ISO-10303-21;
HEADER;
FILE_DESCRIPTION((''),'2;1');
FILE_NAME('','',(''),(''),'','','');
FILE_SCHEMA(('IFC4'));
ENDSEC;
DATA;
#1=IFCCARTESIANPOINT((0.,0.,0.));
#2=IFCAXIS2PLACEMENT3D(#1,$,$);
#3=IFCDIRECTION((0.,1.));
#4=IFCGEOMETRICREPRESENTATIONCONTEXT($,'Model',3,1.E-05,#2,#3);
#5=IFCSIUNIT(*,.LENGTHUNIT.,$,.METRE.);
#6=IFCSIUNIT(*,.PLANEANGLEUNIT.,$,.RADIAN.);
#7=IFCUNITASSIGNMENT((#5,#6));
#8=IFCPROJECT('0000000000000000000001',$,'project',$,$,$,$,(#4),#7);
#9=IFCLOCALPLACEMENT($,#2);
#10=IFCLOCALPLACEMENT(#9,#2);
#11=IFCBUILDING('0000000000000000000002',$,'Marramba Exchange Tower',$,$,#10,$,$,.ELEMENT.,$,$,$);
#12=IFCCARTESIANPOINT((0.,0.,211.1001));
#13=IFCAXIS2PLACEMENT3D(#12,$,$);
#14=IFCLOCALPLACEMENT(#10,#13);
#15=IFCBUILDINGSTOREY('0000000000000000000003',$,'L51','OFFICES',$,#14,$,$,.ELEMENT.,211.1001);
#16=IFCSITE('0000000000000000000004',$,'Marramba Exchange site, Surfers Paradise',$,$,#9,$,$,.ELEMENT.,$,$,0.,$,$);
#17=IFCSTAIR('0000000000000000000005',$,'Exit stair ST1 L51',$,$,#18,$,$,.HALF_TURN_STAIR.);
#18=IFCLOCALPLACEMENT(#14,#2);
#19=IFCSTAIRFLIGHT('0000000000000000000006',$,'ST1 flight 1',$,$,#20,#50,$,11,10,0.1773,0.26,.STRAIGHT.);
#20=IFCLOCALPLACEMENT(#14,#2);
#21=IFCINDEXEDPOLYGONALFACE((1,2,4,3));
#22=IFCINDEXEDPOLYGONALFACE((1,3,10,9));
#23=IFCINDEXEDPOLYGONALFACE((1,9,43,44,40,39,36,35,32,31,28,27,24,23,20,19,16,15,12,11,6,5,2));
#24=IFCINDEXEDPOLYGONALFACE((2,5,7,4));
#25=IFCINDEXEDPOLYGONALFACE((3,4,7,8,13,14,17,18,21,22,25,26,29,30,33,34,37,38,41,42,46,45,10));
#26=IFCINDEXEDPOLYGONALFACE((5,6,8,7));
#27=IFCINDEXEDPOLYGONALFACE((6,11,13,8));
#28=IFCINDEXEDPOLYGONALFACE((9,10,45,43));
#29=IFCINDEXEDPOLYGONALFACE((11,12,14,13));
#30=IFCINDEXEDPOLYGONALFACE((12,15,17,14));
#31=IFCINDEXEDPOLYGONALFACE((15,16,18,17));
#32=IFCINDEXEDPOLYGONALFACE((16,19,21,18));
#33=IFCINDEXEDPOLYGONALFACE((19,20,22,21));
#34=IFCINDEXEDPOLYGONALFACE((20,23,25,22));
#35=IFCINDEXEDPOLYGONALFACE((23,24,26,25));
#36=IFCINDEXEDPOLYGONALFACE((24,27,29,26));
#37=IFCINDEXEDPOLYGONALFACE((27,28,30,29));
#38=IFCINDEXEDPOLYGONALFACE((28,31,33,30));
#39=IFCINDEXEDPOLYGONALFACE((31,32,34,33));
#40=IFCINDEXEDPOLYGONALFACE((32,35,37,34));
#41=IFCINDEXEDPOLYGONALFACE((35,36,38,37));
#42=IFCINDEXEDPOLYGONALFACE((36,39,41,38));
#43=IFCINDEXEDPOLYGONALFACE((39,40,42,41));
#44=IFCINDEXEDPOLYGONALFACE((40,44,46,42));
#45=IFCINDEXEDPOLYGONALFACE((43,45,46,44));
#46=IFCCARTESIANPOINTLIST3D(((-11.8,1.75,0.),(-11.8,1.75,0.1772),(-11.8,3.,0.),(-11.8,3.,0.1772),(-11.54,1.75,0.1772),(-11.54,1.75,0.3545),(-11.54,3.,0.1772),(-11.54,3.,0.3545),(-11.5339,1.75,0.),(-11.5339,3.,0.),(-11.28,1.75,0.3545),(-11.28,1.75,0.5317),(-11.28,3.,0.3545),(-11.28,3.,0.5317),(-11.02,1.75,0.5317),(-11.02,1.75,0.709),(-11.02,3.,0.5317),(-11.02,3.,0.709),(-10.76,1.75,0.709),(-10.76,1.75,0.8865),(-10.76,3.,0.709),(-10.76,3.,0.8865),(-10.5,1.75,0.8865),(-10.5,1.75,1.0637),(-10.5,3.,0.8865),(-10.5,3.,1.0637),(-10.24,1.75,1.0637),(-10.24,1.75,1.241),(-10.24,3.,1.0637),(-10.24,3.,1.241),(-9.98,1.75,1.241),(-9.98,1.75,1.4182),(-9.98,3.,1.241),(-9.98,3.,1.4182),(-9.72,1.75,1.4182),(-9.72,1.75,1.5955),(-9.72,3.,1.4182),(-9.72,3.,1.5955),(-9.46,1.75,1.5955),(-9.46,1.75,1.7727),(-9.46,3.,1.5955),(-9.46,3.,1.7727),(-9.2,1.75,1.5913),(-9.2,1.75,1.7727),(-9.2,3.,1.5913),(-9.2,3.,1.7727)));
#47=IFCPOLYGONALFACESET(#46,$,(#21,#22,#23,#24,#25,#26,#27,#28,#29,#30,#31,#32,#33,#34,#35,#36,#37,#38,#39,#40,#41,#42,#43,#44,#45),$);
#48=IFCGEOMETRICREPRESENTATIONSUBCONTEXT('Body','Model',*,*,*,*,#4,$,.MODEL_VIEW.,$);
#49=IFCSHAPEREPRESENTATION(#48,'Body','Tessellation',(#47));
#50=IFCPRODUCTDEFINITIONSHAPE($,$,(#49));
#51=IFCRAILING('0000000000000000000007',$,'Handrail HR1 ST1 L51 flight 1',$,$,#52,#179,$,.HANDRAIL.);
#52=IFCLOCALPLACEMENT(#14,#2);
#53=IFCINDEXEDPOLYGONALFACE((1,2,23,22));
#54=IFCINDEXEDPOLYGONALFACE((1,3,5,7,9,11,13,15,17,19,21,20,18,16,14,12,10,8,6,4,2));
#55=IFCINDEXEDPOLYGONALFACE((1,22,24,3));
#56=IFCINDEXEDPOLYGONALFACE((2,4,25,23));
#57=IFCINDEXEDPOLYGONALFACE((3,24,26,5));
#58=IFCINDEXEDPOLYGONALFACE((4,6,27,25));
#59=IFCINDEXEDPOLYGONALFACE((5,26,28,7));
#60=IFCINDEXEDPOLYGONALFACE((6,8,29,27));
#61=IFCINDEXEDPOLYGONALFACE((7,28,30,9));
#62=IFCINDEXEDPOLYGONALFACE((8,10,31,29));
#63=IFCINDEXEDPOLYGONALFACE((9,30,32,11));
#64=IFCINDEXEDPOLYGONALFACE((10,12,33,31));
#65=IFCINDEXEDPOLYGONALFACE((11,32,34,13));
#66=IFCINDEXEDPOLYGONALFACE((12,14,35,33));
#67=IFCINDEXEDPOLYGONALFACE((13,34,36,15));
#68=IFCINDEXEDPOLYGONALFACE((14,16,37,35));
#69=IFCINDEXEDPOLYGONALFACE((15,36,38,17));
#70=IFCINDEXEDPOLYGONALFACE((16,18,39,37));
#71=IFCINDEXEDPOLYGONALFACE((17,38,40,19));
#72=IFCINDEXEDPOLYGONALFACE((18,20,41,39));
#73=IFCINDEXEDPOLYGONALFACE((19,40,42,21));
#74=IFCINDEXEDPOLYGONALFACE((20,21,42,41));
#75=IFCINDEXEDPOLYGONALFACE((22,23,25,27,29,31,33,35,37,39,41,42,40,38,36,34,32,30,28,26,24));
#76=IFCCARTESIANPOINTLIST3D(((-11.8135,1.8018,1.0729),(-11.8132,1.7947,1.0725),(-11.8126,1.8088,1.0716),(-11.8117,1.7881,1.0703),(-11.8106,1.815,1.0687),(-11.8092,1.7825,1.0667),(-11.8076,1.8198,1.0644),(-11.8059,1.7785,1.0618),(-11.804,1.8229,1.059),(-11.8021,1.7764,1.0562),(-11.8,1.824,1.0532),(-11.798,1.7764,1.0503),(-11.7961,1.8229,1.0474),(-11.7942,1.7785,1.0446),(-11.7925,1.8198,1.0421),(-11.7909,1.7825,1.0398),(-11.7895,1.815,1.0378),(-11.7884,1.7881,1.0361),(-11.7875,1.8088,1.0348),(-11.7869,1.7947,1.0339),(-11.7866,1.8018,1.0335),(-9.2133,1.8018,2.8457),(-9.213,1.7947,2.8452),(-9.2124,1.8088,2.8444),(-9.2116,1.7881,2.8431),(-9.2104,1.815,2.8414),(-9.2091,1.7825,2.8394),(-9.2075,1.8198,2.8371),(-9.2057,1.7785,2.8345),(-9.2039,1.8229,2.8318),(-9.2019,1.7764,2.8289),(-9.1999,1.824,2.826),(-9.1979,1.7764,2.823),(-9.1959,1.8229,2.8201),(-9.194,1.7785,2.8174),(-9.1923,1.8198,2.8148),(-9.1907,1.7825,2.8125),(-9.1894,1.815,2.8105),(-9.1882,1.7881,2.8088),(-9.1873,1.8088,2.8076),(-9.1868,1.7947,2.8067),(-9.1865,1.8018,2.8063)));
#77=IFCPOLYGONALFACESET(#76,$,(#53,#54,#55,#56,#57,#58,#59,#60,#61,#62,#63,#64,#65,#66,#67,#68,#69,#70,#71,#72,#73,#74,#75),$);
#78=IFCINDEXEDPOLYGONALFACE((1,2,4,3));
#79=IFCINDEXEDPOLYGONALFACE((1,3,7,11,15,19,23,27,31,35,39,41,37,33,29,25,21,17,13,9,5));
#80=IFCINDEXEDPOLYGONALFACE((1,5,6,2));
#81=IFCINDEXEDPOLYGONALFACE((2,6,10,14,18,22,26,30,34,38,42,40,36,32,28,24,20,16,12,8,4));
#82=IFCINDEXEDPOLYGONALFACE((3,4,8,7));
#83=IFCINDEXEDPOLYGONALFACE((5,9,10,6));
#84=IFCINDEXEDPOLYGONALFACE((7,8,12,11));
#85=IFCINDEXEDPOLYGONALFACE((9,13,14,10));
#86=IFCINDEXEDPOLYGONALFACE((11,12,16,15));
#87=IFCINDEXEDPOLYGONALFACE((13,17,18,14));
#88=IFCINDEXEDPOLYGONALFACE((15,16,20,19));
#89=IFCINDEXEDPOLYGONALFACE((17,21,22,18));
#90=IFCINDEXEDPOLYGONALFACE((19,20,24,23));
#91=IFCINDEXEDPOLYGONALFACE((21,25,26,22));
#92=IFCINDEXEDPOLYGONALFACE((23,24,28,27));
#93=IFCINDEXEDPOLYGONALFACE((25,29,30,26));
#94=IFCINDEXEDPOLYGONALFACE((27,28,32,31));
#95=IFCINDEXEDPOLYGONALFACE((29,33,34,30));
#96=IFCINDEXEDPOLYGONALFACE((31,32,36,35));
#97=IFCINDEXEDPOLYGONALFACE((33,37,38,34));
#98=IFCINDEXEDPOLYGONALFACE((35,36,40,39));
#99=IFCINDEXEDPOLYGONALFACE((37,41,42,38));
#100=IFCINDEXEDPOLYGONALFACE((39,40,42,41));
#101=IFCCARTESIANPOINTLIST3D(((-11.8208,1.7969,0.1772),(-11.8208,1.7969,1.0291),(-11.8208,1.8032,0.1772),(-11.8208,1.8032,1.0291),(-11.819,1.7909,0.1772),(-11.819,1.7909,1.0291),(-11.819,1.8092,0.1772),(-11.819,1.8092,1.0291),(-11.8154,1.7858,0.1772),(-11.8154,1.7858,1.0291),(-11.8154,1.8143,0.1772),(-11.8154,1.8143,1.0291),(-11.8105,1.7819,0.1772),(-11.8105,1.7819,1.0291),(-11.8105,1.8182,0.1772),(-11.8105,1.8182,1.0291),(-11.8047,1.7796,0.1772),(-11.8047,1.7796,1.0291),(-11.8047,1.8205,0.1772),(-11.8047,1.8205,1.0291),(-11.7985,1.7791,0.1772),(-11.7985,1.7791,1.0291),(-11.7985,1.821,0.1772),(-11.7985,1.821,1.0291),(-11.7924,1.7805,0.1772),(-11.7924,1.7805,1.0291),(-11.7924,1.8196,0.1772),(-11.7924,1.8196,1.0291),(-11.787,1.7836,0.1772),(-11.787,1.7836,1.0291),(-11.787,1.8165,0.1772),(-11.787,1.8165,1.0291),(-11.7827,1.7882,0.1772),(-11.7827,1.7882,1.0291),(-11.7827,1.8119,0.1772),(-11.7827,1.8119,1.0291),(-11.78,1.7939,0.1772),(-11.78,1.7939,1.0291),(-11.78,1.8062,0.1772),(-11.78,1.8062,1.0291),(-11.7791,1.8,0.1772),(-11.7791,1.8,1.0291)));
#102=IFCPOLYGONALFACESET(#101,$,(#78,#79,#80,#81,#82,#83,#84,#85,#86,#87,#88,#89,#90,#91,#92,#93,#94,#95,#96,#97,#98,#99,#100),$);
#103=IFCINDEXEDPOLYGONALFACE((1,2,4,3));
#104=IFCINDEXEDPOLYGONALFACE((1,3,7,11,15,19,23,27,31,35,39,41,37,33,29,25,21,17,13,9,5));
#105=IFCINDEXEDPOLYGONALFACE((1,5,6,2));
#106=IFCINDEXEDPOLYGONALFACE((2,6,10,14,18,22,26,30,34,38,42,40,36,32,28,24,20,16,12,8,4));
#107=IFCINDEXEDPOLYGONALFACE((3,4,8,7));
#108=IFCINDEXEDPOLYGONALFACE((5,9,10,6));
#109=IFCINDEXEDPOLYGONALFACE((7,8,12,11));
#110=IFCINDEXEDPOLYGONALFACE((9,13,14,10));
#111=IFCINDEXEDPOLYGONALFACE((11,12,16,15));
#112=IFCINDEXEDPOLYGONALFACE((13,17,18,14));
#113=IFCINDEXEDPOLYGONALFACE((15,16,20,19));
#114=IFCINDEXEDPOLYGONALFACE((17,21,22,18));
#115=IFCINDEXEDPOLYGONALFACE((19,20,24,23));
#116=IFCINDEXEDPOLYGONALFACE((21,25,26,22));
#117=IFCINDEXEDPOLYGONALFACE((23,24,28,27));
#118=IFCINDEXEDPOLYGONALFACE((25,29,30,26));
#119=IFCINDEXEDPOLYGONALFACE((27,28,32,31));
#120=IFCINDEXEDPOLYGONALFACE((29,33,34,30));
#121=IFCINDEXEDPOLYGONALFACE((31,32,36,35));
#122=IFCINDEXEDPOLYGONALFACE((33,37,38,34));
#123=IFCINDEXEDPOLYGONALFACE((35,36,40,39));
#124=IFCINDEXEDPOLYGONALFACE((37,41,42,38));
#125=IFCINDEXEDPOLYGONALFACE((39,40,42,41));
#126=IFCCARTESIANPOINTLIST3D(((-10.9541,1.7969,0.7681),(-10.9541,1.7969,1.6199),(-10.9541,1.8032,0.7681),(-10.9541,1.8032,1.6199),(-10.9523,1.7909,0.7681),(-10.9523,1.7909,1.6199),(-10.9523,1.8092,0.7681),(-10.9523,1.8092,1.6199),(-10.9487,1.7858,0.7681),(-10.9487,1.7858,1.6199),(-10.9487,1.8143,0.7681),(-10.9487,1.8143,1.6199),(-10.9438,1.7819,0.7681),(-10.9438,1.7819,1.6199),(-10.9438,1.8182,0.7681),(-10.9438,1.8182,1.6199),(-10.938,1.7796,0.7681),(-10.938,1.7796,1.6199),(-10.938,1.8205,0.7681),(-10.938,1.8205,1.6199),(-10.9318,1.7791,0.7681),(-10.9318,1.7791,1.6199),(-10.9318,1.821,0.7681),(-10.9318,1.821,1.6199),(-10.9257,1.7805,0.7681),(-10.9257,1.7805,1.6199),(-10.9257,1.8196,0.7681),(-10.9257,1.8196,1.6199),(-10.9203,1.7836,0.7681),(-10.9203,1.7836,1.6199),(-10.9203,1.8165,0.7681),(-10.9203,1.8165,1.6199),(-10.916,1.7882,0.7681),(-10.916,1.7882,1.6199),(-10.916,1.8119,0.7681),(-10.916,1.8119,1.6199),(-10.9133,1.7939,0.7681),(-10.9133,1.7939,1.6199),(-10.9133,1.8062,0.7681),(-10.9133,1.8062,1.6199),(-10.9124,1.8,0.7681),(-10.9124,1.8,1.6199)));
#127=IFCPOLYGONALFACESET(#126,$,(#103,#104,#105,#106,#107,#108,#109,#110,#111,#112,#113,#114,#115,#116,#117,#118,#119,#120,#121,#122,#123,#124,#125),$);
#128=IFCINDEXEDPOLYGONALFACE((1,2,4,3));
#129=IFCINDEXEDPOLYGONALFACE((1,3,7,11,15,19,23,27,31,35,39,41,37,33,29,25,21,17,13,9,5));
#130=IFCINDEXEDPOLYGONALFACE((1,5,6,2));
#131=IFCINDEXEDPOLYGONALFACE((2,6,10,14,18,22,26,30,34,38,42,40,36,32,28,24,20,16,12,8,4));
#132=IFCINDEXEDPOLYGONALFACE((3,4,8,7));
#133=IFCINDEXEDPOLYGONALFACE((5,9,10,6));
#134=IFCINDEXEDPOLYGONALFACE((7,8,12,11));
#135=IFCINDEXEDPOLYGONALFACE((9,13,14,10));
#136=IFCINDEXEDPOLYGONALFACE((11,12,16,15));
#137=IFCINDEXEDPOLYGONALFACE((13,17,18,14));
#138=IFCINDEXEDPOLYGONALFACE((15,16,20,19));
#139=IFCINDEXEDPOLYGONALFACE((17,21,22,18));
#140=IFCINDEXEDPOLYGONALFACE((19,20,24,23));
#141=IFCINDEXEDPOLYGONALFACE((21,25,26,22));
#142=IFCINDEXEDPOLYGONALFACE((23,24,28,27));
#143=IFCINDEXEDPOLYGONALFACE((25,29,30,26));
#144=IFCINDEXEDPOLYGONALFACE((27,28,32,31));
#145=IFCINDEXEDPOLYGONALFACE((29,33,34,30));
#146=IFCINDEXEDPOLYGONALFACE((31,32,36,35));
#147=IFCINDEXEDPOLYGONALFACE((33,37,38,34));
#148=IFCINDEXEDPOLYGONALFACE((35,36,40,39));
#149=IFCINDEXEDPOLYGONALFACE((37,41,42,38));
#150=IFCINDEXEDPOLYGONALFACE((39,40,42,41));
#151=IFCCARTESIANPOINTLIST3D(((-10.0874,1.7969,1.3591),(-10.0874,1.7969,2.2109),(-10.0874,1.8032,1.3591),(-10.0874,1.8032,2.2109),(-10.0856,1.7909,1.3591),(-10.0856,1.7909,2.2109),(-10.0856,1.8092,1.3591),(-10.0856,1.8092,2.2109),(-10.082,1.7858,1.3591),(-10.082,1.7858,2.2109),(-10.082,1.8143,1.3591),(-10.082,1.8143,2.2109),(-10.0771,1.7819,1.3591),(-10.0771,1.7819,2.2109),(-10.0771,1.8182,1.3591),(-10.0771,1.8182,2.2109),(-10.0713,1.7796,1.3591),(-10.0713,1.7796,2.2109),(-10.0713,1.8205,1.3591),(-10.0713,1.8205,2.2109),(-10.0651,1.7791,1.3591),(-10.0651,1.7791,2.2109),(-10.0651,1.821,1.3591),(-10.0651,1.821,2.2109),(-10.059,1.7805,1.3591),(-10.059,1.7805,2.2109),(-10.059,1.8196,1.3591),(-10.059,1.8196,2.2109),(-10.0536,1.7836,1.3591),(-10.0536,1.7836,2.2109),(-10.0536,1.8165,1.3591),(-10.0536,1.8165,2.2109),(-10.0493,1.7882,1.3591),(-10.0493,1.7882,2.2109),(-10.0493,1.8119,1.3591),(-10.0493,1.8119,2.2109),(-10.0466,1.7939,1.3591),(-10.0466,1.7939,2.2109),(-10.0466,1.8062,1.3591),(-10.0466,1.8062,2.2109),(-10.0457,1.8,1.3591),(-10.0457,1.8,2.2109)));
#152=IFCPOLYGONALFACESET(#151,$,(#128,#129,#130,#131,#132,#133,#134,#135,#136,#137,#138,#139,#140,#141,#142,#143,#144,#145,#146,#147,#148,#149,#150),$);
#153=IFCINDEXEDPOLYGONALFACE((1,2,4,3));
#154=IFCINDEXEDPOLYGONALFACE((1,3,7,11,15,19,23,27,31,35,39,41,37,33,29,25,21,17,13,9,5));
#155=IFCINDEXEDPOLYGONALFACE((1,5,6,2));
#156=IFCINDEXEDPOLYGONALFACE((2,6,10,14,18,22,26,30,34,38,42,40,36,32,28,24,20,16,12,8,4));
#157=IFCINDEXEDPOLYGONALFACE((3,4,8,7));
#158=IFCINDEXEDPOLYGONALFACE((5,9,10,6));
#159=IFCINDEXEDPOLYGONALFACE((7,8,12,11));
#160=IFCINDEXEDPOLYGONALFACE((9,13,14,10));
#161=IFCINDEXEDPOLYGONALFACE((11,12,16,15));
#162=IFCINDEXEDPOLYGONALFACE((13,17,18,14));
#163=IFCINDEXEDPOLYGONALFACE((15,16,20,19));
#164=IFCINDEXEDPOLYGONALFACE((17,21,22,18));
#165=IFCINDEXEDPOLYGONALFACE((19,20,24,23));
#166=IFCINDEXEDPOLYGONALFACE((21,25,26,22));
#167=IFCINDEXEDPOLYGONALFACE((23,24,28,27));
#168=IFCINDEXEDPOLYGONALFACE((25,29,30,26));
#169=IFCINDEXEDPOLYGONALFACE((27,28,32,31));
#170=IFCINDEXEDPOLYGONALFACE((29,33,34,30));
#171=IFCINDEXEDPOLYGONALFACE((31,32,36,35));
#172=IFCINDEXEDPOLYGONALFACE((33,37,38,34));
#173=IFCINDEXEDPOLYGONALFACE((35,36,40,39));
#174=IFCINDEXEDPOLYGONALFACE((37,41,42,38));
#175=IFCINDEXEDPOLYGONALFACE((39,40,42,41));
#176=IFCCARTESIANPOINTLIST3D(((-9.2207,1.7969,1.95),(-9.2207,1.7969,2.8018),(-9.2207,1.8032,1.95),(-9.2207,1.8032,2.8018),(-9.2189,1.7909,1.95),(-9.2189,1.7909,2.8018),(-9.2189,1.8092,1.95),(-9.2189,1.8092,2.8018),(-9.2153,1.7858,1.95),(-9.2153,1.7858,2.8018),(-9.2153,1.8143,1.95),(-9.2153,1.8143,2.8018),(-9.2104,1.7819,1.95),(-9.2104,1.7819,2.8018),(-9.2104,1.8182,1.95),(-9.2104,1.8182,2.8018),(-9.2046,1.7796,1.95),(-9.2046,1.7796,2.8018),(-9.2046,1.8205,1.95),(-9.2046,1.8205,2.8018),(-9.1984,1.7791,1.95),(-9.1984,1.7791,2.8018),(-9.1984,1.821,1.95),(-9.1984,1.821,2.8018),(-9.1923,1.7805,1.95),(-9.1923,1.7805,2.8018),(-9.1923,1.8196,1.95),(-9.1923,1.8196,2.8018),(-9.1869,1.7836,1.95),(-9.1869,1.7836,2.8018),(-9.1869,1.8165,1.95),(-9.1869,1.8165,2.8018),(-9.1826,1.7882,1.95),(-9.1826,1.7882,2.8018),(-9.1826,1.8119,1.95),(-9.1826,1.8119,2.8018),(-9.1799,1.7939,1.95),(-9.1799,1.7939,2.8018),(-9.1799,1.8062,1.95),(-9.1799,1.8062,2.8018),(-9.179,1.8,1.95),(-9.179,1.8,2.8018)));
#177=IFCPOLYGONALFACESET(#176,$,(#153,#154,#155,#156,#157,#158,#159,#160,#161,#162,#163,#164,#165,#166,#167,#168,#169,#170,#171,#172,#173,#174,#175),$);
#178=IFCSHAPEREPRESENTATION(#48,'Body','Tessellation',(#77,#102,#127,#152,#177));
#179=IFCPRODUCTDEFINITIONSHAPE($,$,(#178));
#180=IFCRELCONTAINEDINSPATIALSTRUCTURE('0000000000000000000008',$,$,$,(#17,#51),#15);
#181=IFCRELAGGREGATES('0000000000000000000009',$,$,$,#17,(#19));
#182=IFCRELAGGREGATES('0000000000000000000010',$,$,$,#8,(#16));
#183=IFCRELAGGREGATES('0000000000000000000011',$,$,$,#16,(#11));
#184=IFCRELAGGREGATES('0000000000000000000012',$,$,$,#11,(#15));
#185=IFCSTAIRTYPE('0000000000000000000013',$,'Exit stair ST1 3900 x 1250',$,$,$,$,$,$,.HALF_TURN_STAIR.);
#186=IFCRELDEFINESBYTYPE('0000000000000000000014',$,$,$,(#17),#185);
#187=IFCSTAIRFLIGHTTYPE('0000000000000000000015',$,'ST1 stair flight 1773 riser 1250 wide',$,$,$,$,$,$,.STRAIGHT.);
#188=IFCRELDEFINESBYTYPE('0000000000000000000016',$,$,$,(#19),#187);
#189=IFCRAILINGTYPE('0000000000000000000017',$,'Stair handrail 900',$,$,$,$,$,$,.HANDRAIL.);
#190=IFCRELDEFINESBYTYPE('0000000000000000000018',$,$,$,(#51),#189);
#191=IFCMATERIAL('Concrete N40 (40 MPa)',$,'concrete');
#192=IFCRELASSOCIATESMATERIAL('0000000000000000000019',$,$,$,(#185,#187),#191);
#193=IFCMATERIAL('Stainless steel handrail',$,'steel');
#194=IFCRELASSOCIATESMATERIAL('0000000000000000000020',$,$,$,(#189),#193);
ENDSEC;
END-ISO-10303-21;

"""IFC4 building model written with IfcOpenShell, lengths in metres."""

from ifc_helpers import new_model, si_unit, direction, frame, origin, origin_2d, place, context, subcontext, project, spatial, polyline, circle, outline, extrude, material, type_object, element, aggregate, save


model = new_model("IFC4")

# Units and contexts
model_context = context("Model", 3, precision=1e-05, world=origin(), true_north=direction((0.0, 1.0)))
body_context = subcontext(model_context, "Body", "Model", "MODEL_VIEW")
ifc_project = project(units=[si_unit("LENGTHUNIT", "METRE"), si_unit("PLANEANGLEUNIT", "RADIAN")], contexts=[model_context])

# Site, building, storey
site_placement = place(None, origin())
site = spatial("IfcSite", under=ifc_project, at=site_placement, Name="Marramba Exchange site, Surfers Paradise", CompositionType="ELEMENT", RefElevation=0.0)
building_placement = place(site_placement, origin())
building = spatial("IfcBuilding", under=site, at=building_placement, Name="Marramba Exchange Tower", CompositionType="ELEMENT")
storey_placement = place(building_placement, frame((0.0, 0.0, 211.1001)))
storey = spatial("IfcBuildingStorey", under=building, at=storey_placement, Name="L51", Description="OFFICES", CompositionType="ELEMENT", Elevation=211.1001)

# Stair, stair flight
ifc_material_1 = material(Name="Concrete N40 (40 MPa)", Category="concrete")
stair_type = type_object("IfcStairType", Name="Exit stair ST1 3900 x 1250", PredefinedType="HALF_TURN_STAIR", material=ifc_material_1)
stair_placement = place(storey_placement, origin())
stair = element("IfcStair", 1, at=stair_placement, inside=storey, type_object=stair_type, Name="Exit stair ST1 L51", PredefinedType="HALF_TURN_STAIR")
stair_flight_type = type_object("IfcStairFlightType", Name="ST1 stair flight 1773 riser 1250 wide", PredefinedType="STRAIGHT", material=ifc_material_1)
stair_flight_placement = place(storey_placement, frame((-11.8, 2.375, 0.0), z_axis=(0.0, 0.0, 1.0), x_axis=(1.0, 0.0, 0.0)))
stair_flight = element("IfcStairFlight", 2, at=stair_flight_placement, type_object=stair_flight_type, Name="ST1 flight 1", NumberOfRisers=11, NumberOfTreads=10, PredefinedType="STRAIGHT", RiserHeight=0.1773, TreadLength=0.26, context=body_context, shape_type="SweptSolid", body=[
    extrude(outline(polyline([(0.0, 0.0), (0.0, 0.1772), (0.26, 0.1772), (0.26, 0.3545), (0.52, 0.3545), (0.52, 0.5317), (0.78, 0.5317), (0.78, 0.709), (1.04, 0.709), (1.04, 0.8865), (1.3, 0.8865), (1.3, 1.0637), (1.5601, 1.0637), (1.5601, 1.241), (1.8201, 1.241), (1.8201, 1.4182), (2.0801, 1.4182), (2.0801, 1.5955), (2.3401, 1.5955), (2.3401, 1.7727), (2.6001, 1.7727), (2.6001, 1.95), (2.6001, 1.5913), (0.2661, 0.0), (0.0, 0.0)])), frame((0.0, 0.625, 0.0), z_axis=(0.0, -1.0, 0.0), x_axis=(1.0, 0.0, 0.0)), (0.0, 0.0, 1.0), 1.25),
])
aggregate(stair, [stair_flight])

# Railing
ifc_material_2 = material(Name="Stainless steel handrail", Category="steel")
railing_type = type_object("IfcRailingType", Name="Stair handrail 900", PredefinedType="HANDRAIL", material=ifc_material_2)
railing_placement = place(storey_placement, frame((-11.8, 1.8, 0.1772)))
element("IfcRailing", 3, at=railing_placement, inside=storey, type_object=railing_type, Name="Handrail HR1 ST1 L51 flight 1", PredefinedType="HANDRAIL", context=body_context, shape_type="SweptSolid", body=[
    extrude(circle(Radius=0.0239, at=origin_2d()), frame((0.0, 0.0, 0.876), z_axis=(0.82624, 0.0, 0.563318), x_axis=(0.0, 1.0, 0.0)), (0.0, 0.0, 1.0), 3.147),
    extrude(circle(Radius=0.021, at=origin_2d()), origin(), (0.0, 0.0, 1.0), 0.8518),
    extrude(circle(Radius=0.021, at=origin_2d()), frame((0.8667, 0.0, 0.5908)), (0.0, 0.0, 1.0), 0.8518),
    extrude(circle(Radius=0.021, at=origin_2d()), frame((1.7334, 0.0, 1.1819)), (0.0, 0.0, 1.0), 0.8518),
    extrude(circle(Radius=0.021, at=origin_2d()), frame((2.6001, 0.0, 1.7727)), (0.0, 0.0, 1.0), 0.8518),
])

save(model, "model.ifc")
